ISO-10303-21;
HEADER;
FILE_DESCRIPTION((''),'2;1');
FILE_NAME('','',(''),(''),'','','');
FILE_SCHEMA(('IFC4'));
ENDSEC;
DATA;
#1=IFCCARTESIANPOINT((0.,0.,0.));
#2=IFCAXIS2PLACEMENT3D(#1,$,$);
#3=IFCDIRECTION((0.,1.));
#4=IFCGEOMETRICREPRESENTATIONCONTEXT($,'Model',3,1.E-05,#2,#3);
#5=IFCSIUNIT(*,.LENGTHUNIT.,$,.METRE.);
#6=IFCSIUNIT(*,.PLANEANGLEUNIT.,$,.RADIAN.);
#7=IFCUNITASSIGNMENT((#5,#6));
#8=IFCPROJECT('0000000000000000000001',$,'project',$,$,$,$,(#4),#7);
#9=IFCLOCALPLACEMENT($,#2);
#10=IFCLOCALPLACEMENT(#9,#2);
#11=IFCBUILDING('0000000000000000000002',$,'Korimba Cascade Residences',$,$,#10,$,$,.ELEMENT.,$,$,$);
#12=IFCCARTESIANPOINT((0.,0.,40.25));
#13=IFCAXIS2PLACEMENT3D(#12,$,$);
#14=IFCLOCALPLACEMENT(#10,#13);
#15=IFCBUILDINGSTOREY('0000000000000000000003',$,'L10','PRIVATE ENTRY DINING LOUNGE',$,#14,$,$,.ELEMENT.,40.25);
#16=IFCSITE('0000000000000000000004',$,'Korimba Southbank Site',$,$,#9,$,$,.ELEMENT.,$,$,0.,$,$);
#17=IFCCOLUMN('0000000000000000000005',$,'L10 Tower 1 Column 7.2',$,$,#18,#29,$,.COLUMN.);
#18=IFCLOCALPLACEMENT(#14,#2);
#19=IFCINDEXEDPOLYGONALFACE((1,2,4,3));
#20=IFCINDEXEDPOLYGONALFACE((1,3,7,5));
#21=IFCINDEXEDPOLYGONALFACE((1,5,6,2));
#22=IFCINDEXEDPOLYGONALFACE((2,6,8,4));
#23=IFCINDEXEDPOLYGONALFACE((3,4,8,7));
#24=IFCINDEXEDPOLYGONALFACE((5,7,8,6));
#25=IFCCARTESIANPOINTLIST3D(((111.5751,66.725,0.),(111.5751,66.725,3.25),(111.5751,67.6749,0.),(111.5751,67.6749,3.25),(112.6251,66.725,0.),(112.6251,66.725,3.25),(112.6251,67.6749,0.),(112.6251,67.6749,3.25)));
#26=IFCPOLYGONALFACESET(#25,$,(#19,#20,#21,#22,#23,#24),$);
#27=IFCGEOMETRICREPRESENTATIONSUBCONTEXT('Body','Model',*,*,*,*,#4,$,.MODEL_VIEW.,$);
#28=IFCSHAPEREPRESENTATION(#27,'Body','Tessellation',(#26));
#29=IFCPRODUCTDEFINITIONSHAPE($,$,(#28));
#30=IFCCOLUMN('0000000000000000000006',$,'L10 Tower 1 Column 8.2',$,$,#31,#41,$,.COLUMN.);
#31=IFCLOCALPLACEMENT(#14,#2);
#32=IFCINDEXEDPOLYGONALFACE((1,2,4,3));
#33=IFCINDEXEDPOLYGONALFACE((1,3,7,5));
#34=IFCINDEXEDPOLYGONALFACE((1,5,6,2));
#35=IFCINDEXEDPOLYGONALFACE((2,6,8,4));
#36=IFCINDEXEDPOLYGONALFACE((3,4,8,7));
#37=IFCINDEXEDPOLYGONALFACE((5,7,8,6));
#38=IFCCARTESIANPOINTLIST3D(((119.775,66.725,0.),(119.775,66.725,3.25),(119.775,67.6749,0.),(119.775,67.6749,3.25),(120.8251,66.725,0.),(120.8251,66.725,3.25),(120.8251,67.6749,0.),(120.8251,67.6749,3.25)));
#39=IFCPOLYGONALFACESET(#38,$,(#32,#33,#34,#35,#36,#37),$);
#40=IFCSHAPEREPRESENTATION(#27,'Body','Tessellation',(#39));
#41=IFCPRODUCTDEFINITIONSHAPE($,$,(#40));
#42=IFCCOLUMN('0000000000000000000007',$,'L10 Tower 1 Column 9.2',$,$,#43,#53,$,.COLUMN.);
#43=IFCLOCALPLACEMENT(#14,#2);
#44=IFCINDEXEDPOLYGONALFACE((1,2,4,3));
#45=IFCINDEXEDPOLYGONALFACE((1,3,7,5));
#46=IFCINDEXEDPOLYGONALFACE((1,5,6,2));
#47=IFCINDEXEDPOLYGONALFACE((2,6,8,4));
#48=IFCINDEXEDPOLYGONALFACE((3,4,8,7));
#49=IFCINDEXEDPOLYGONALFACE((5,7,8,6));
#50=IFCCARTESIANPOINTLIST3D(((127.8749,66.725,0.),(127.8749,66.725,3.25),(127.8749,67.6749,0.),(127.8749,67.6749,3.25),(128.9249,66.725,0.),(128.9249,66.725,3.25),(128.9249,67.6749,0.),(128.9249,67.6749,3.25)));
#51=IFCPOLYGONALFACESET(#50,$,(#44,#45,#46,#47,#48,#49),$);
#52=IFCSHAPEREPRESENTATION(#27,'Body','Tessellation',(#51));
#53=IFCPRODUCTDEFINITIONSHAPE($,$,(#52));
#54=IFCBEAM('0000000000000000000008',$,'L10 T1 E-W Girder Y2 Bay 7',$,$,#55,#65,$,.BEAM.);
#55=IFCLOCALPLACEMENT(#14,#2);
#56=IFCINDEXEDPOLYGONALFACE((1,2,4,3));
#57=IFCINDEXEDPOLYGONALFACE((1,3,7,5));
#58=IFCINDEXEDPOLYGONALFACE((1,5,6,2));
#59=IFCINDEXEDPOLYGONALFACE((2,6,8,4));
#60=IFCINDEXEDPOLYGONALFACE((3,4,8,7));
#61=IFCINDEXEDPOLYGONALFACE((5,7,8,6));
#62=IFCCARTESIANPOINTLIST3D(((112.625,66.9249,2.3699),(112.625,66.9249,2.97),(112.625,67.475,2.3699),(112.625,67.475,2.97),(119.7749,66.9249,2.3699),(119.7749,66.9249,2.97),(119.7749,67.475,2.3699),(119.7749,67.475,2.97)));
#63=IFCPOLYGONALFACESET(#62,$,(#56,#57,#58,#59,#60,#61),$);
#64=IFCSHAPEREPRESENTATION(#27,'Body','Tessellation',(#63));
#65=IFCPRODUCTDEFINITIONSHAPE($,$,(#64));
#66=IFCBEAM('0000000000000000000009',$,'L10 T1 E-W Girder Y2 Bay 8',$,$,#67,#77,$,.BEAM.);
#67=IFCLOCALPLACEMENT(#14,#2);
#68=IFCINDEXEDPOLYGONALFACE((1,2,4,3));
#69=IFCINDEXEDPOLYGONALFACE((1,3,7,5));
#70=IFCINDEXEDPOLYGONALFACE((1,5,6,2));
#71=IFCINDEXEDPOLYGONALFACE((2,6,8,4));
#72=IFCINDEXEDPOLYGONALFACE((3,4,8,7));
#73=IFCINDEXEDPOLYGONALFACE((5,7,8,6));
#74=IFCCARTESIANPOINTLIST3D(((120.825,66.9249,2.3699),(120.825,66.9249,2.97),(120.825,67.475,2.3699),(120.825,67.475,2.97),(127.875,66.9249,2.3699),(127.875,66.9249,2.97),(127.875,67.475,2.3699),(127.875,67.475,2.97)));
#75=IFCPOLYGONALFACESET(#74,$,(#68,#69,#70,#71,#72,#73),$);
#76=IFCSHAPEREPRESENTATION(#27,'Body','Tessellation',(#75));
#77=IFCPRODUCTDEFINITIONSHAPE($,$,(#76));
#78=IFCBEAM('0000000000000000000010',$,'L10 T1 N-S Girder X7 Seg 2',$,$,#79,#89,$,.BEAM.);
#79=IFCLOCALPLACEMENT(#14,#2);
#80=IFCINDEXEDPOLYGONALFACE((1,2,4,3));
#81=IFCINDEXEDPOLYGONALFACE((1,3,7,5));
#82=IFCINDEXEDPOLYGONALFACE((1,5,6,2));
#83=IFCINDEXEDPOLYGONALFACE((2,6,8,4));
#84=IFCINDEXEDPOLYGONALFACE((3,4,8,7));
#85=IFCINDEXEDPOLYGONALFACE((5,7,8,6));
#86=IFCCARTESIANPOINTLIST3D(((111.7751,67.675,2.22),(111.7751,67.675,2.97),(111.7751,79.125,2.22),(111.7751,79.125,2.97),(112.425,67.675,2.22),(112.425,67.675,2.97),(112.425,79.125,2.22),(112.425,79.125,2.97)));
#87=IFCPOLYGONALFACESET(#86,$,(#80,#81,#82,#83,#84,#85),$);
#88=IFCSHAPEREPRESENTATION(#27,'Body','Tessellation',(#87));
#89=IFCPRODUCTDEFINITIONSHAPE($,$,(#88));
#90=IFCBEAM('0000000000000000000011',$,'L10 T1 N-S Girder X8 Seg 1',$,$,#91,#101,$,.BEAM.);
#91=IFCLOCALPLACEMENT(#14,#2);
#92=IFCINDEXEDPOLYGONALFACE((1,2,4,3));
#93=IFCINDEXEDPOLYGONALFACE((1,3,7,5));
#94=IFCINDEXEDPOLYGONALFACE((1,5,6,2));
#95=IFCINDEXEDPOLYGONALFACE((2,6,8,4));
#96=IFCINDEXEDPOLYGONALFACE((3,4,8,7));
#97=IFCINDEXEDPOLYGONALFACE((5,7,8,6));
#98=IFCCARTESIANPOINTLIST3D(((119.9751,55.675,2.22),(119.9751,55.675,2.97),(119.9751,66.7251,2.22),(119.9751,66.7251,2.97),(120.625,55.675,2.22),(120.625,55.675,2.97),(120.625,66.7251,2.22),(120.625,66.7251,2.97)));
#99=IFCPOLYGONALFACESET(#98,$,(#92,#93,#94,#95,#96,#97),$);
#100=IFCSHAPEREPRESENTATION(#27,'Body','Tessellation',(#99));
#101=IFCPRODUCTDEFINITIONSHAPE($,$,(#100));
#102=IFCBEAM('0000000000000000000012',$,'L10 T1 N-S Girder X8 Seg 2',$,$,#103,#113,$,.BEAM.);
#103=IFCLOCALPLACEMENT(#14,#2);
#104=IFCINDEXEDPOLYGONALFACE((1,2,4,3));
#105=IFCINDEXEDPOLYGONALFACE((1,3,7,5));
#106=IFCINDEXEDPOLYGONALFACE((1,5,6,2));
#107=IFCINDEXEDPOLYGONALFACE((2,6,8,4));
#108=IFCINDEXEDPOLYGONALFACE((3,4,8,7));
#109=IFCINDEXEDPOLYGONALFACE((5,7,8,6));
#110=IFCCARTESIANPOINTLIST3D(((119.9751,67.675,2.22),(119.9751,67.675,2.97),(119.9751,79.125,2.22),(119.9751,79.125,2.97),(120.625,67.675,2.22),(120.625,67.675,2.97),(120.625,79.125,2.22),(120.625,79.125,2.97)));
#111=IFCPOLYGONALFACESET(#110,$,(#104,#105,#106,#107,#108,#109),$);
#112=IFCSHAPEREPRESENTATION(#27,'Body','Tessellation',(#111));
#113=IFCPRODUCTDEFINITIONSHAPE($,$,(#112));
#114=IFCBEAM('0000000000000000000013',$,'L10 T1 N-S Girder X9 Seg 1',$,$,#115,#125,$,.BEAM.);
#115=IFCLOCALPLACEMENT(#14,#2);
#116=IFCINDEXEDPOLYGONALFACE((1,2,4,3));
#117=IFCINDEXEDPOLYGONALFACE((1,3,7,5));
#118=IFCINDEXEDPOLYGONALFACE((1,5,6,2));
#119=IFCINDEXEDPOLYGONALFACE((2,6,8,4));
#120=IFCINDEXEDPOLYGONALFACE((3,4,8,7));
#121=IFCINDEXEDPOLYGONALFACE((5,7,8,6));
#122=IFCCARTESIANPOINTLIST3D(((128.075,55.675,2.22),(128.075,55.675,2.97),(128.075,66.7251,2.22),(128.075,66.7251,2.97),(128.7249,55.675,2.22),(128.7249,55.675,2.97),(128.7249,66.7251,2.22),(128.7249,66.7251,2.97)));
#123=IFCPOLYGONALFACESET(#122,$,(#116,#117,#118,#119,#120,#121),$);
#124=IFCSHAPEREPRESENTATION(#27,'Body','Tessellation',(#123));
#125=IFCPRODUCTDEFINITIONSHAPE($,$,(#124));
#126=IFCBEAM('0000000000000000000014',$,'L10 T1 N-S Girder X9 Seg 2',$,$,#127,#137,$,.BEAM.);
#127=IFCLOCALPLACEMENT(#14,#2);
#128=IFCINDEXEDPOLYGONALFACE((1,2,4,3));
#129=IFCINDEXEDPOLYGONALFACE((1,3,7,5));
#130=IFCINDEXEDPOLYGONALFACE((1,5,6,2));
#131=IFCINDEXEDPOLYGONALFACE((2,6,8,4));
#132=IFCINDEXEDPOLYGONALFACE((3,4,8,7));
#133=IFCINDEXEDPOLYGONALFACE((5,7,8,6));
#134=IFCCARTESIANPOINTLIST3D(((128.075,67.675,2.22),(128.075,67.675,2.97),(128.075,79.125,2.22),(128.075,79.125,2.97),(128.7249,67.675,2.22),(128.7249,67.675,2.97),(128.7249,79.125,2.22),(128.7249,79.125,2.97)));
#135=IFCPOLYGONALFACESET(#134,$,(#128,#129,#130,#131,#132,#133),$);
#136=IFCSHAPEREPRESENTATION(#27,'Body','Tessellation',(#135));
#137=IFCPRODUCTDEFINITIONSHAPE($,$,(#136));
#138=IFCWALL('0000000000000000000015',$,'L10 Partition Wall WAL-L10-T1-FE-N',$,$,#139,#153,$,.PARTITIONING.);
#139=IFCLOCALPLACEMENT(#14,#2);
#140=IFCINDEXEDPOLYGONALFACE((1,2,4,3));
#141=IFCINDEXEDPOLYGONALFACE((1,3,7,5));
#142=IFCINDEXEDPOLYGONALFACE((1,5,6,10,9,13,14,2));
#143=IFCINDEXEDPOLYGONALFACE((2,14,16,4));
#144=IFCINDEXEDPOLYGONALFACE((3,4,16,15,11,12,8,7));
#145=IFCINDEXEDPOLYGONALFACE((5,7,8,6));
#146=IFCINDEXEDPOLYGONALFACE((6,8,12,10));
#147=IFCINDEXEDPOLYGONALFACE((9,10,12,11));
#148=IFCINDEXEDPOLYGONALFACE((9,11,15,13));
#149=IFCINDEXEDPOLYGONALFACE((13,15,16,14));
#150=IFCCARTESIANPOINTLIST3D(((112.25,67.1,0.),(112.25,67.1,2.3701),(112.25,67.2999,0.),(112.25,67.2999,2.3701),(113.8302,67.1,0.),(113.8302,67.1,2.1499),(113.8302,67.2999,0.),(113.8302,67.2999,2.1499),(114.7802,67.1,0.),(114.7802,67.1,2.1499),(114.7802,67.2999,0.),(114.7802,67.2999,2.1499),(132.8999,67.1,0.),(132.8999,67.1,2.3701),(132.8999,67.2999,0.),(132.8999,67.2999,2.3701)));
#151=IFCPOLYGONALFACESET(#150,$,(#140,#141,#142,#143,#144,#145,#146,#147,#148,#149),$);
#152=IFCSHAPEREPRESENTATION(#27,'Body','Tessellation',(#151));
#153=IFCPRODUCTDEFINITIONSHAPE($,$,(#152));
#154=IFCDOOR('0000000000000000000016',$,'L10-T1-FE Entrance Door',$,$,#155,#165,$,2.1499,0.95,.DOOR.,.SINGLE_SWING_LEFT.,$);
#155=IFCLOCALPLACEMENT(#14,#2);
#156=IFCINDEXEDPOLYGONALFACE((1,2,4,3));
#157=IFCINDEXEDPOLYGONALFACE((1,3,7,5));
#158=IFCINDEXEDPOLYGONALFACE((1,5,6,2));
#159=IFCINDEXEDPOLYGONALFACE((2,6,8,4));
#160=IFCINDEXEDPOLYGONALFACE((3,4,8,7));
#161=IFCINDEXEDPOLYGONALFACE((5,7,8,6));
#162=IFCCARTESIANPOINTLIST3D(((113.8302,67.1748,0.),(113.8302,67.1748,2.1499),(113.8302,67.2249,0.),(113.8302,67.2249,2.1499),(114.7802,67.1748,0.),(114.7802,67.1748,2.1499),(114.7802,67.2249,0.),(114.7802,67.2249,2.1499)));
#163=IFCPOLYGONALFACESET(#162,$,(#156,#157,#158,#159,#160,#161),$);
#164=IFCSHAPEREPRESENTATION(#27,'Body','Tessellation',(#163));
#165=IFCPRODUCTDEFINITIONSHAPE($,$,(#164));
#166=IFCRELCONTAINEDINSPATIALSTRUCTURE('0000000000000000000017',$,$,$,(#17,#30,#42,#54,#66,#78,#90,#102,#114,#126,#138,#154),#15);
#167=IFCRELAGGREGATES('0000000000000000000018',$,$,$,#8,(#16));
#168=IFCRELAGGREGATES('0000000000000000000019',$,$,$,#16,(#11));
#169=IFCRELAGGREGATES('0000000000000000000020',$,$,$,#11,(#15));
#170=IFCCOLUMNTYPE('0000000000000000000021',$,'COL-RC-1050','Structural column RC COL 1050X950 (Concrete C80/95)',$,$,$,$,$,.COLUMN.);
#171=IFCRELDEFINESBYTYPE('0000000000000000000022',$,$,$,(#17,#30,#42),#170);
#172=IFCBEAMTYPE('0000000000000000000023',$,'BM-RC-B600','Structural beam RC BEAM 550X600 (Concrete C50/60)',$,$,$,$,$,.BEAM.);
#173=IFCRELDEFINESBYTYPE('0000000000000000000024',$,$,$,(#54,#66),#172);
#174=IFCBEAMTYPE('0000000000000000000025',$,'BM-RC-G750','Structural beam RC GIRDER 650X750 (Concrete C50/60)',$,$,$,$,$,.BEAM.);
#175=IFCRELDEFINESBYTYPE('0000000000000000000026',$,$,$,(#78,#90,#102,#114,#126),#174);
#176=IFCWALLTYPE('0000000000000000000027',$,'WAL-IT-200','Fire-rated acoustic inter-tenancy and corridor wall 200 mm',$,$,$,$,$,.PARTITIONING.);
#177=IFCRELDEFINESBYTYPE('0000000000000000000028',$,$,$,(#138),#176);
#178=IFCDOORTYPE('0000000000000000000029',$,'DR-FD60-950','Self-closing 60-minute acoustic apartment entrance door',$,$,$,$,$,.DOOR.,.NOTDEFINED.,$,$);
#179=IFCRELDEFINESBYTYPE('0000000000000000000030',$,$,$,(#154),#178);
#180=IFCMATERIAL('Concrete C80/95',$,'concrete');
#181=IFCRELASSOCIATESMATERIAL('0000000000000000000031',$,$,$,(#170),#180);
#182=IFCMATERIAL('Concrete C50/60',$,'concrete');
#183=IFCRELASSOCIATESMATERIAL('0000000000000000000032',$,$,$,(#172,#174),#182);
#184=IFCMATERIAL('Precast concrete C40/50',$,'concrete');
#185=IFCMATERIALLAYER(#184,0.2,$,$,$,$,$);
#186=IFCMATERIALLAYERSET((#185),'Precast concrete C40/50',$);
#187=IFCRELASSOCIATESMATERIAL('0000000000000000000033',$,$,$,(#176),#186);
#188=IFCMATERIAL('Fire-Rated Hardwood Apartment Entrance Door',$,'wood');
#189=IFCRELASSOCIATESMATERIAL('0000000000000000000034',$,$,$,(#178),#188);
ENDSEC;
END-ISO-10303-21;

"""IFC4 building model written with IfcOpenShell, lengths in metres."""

from ifc_helpers import new_model, si_unit, direction, frame, frame_2d, origin, origin_2d, place, context, subcontext, project, spatial, rectangle, extrude, material, layer, layer_set, material_profile, profile_set, type_object, element, fill, save


model = new_model("IFC4")

# Units and contexts
model_context = context("Model", 3, precision=1e-05, world=origin(), true_north=direction((0.0, 1.0)))
body_context = subcontext(model_context, "Body", "Model", "MODEL_VIEW")
ifc_project = project(units=[si_unit("LENGTHUNIT", "METRE"), si_unit("PLANEANGLEUNIT", "RADIAN")], contexts=[model_context])

# Site, building, storey
site_placement = place(None, origin())
site = spatial("IfcSite", under=ifc_project, at=site_placement, Name="Korimba Southbank Site", CompositionType="ELEMENT", RefElevation=0.0)
building_placement = place(site_placement, origin())
building = spatial("IfcBuilding", under=site, at=building_placement, Name="Korimba Cascade Residences", CompositionType="ELEMENT")
storey_placement = place(building_placement, frame((0.0, 0.0, 40.25)))
storey = spatial("IfcBuildingStorey", under=building, at=storey_placement, Name="L10", Description="PRIVATE ENTRY DINING LOUNGE", CompositionType="ELEMENT", Elevation=40.25)

# Columns
ifc_material_1 = material(Name="Concrete C80/95", Category="concrete")
ifc_material_profile_1 = material_profile(ifc_material_1, rectangle(XDim=1.05, YDim=0.95, at=origin_2d()), Name="Concrete C80/95")
ifc_profile_set_1 = profile_set([ifc_material_profile_1], Name="Concrete C80/95")
column_type = type_object("IfcColumnType", Name="COL-RC-1050", Description="Structural column RC COL 1050X950 (Concrete C80/95)", PredefinedType="COLUMN", material=ifc_profile_set_1)
for number, where, z_axis, x_axis, name in (
    (1, (112.1001, 67.2, 0.0), (0.0, 0.0, 1.0), (1.0, 0.0, 0.0), "L10 Tower 1 Column 7.2"),
    (2, (120.3, 67.2, 0.0), (0.0, 0.0, 1.0), (1.0, 0.0, 0.0), "L10 Tower 1 Column 8.2"),
    (3, (128.3999, 67.2, 0.0), (0.0, 0.0, 1.0), (1.0, 0.0, 0.0), "L10 Tower 1 Column 9.2"),
):
    element("IfcColumn", number, at=place(storey_placement, frame(where, z_axis=z_axis, x_axis=x_axis)), inside=storey, type_object=column_type, Name=name, PredefinedType="COLUMN", context=body_context, shape_type="SweptSolid", body=[
        extrude(rectangle(XDim=1.05, YDim=0.95, at=origin_2d()), origin(), (0.0, 0.0, 1.0), 3.25),
    ])

# Beams
ifc_material_2 = material(Name="Concrete C50/60", Category="concrete")
ifc_material_profile_2 = material_profile(ifc_material_2, rectangle(XDim=0.55, YDim=0.6001, at=origin_2d()), Name="Concrete C50/60")
ifc_profile_set_2 = profile_set([ifc_material_profile_2], Name="Concrete C50/60")
beam_type_1 = type_object("IfcBeamType", Name="BM-RC-B600", Description="Structural beam RC BEAM 550X600 (Concrete C50/60)", PredefinedType="BEAM", material=ifc_profile_set_2)
beam_1_placement = place(storey_placement, frame((112.625, 67.2, 2.6699), z_axis=(1.0, 0.0, 0.0), x_axis=(0.0, 1.0, 0.0)))
element("IfcBeam", 4, at=beam_1_placement, inside=storey, type_object=beam_type_1, Name="L10 T1 E-W Girder Y2 Bay 7", PredefinedType="BEAM", context=body_context, shape_type="SweptSolid", body=[
    extrude(rectangle(XDim=0.55, YDim=0.6001, at=origin_2d()), origin(), (0.0, 0.0, 1.0), 7.1499),
])
beam_2_placement = place(storey_placement, frame((120.825, 67.2, 2.6699), z_axis=(1.0, 0.0, 0.0), x_axis=(0.0, 1.0, 0.0)))
element("IfcBeam", 5, at=beam_2_placement, inside=storey, type_object=beam_type_1, Name="L10 T1 E-W Girder Y2 Bay 8", PredefinedType="BEAM", context=body_context, shape_type="SweptSolid", body=[
    extrude(rectangle(XDim=0.55, YDim=0.6001, at=origin_2d()), origin(), (0.0, 0.0, 1.0), 7.05),
])
ifc_material_profile_3 = material_profile(ifc_material_2, rectangle(XDim=0.6499, YDim=0.75, at=origin_2d()), Name="Concrete C50/60")
ifc_profile_set_3 = profile_set([ifc_material_profile_3], Name="Concrete C50/60")
beam_type_2 = type_object("IfcBeamType", Name="BM-RC-G750", Description="Structural beam RC GIRDER 650X750 (Concrete C50/60)", PredefinedType="BEAM", material=ifc_profile_set_3)
beam_3_placement = place(storey_placement, frame((112.1001, 67.675, 2.595), z_axis=(0.0, 1.0, 0.0), x_axis=(-1.0, 0.0, 0.0)))
element("IfcBeam", 6, at=beam_3_placement, inside=storey, type_object=beam_type_2, Name="L10 T1 N-S Girder X7 Seg 2", PredefinedType="BEAM", context=body_context, shape_type="SweptSolid", body=[
    extrude(rectangle(XDim=0.6499, YDim=0.75, at=origin_2d()), origin(), (0.0, 0.0, 1.0), 11.45),
])
beam_4_placement = place(storey_placement, frame((120.3, 55.675, 2.595), z_axis=(0.0, 1.0, 0.0), x_axis=(-1.0, 0.0, 0.0)))
element("IfcBeam", 7, at=beam_4_placement, inside=storey, type_object=beam_type_2, Name="L10 T1 N-S Girder X8 Seg 1", PredefinedType="BEAM", context=body_context, shape_type="SweptSolid", body=[
    extrude(rectangle(XDim=0.6499, YDim=0.75, at=origin_2d()), origin(), (0.0, 0.0, 1.0), 11.05),
])
beam_5_placement = place(storey_placement, frame((120.3, 67.675, 2.595), z_axis=(0.0, 1.0, 0.0), x_axis=(-1.0, 0.0, 0.0)))
element("IfcBeam", 8, at=beam_5_placement, inside=storey, type_object=beam_type_2, Name="L10 T1 N-S Girder X8 Seg 2", PredefinedType="BEAM", context=body_context, shape_type="SweptSolid", body=[
    extrude(rectangle(XDim=0.6499, YDim=0.75, at=origin_2d()), origin(), (0.0, 0.0, 1.0), 11.45),
])
beam_6_placement = place(storey_placement, frame((128.3999, 55.675, 2.595), z_axis=(0.0, 1.0, 0.0), x_axis=(-1.0, 0.0, 0.0)))
element("IfcBeam", 9, at=beam_6_placement, inside=storey, type_object=beam_type_2, Name="L10 T1 N-S Girder X9 Seg 1", PredefinedType="BEAM", context=body_context, shape_type="SweptSolid", body=[
    extrude(rectangle(XDim=0.6499, YDim=0.75, at=origin_2d()), origin(), (0.0, 0.0, 1.0), 11.05),
])
beam_7_placement = place(storey_placement, frame((128.3999, 67.675, 2.595), z_axis=(0.0, 1.0, 0.0), x_axis=(-1.0, 0.0, 0.0)))
element("IfcBeam", 10, at=beam_7_placement, inside=storey, type_object=beam_type_2, Name="L10 T1 N-S Girder X9 Seg 2", PredefinedType="BEAM", context=body_context, shape_type="SweptSolid", body=[
    extrude(rectangle(XDim=0.6499, YDim=0.75, at=origin_2d()), origin(), (0.0, 0.0, 1.0), 11.45),
])

# Wall, opening, door
ifc_material_3 = material(Name="Precast concrete C40/50", Category="concrete")
ifc_layer_1 = layer(ifc_material_3, 0.2)
ifc_layer_set_1 = layer_set([ifc_layer_1], Name="Precast concrete C40/50")
wall_type_1 = type_object("IfcWallType", Name="WAL-IT-200", Description="Fire-rated acoustic inter-tenancy and corridor wall 200 mm", PredefinedType="PARTITIONING", material=ifc_layer_set_1)
wall_1_placement = place(storey_placement, frame((112.25, 67.2, 0.0), z_axis=(0.0, 0.0, 1.0), x_axis=(1.0, 0.0, 0.0)))
wall_1 = element("IfcWall", 11, at=wall_1_placement, inside=storey, type_object=wall_type_1, Name="L10 Partition Wall WAL-L10-T1-FE-N", PredefinedType="PARTITIONING", context=body_context, shape_type="SweptSolid", body=[
    extrude(rectangle(XDim=20.6499, YDim=0.2, at=frame_2d((10.325, 0.0))), origin(), (0.0, 0.0, 1.0), 2.3701),
])
opening_1_placement = place(wall_1_placement, frame((1.5801, 0.0, 0.0)))
opening_1 = element("IfcOpeningElement", 12, at=opening_1_placement, cuts=wall_1, PredefinedType="OPENING", context=body_context, shape_type="SweptSolid", body=[
    extrude(rectangle(XDim=0.95, YDim=2.1499, at=frame_2d((0.4751, 1.075))), frame((0.0, 0.1099, 0.0), z_axis=(0.0, -1.0, 0.0), x_axis=(1.0, 0.0, 0.0)), (0.0, 0.0, 1.0), 0.22),
])
ifc_material_4 = material(Name="Fire-Rated Hardwood Apartment Entrance Door", Category="wood")
door_type_1 = type_object("IfcDoorType", Name="DR-FD60-950", Description="Self-closing 60-minute acoustic apartment entrance door", OperationType="NOTDEFINED", PredefinedType="DOOR", material=ifc_material_4)
door_1_placement = place(opening_1_placement, origin())
door_1 = element("IfcDoor", 13, at=door_1_placement, inside=storey, type_object=door_type_1, Name="L10-T1-FE Entrance Door", OperationType="SINGLE_SWING_LEFT", OverallHeight=2.1499, OverallWidth=0.95, PredefinedType="DOOR", context=body_context, shape_type="SweptSolid", body=[
    extrude(rectangle(XDim=0.95, YDim=2.1499, at=frame_2d((0.4751, 1.075))), frame((0.0, 0.0249, 0.0), z_axis=(0.0, -1.0, 0.0), x_axis=(1.0, 0.0, 0.0)), (0.0, 0.0, 1.0), 0.05),
])
fill(opening_1, door_1)

save(model, "model.ifc")
